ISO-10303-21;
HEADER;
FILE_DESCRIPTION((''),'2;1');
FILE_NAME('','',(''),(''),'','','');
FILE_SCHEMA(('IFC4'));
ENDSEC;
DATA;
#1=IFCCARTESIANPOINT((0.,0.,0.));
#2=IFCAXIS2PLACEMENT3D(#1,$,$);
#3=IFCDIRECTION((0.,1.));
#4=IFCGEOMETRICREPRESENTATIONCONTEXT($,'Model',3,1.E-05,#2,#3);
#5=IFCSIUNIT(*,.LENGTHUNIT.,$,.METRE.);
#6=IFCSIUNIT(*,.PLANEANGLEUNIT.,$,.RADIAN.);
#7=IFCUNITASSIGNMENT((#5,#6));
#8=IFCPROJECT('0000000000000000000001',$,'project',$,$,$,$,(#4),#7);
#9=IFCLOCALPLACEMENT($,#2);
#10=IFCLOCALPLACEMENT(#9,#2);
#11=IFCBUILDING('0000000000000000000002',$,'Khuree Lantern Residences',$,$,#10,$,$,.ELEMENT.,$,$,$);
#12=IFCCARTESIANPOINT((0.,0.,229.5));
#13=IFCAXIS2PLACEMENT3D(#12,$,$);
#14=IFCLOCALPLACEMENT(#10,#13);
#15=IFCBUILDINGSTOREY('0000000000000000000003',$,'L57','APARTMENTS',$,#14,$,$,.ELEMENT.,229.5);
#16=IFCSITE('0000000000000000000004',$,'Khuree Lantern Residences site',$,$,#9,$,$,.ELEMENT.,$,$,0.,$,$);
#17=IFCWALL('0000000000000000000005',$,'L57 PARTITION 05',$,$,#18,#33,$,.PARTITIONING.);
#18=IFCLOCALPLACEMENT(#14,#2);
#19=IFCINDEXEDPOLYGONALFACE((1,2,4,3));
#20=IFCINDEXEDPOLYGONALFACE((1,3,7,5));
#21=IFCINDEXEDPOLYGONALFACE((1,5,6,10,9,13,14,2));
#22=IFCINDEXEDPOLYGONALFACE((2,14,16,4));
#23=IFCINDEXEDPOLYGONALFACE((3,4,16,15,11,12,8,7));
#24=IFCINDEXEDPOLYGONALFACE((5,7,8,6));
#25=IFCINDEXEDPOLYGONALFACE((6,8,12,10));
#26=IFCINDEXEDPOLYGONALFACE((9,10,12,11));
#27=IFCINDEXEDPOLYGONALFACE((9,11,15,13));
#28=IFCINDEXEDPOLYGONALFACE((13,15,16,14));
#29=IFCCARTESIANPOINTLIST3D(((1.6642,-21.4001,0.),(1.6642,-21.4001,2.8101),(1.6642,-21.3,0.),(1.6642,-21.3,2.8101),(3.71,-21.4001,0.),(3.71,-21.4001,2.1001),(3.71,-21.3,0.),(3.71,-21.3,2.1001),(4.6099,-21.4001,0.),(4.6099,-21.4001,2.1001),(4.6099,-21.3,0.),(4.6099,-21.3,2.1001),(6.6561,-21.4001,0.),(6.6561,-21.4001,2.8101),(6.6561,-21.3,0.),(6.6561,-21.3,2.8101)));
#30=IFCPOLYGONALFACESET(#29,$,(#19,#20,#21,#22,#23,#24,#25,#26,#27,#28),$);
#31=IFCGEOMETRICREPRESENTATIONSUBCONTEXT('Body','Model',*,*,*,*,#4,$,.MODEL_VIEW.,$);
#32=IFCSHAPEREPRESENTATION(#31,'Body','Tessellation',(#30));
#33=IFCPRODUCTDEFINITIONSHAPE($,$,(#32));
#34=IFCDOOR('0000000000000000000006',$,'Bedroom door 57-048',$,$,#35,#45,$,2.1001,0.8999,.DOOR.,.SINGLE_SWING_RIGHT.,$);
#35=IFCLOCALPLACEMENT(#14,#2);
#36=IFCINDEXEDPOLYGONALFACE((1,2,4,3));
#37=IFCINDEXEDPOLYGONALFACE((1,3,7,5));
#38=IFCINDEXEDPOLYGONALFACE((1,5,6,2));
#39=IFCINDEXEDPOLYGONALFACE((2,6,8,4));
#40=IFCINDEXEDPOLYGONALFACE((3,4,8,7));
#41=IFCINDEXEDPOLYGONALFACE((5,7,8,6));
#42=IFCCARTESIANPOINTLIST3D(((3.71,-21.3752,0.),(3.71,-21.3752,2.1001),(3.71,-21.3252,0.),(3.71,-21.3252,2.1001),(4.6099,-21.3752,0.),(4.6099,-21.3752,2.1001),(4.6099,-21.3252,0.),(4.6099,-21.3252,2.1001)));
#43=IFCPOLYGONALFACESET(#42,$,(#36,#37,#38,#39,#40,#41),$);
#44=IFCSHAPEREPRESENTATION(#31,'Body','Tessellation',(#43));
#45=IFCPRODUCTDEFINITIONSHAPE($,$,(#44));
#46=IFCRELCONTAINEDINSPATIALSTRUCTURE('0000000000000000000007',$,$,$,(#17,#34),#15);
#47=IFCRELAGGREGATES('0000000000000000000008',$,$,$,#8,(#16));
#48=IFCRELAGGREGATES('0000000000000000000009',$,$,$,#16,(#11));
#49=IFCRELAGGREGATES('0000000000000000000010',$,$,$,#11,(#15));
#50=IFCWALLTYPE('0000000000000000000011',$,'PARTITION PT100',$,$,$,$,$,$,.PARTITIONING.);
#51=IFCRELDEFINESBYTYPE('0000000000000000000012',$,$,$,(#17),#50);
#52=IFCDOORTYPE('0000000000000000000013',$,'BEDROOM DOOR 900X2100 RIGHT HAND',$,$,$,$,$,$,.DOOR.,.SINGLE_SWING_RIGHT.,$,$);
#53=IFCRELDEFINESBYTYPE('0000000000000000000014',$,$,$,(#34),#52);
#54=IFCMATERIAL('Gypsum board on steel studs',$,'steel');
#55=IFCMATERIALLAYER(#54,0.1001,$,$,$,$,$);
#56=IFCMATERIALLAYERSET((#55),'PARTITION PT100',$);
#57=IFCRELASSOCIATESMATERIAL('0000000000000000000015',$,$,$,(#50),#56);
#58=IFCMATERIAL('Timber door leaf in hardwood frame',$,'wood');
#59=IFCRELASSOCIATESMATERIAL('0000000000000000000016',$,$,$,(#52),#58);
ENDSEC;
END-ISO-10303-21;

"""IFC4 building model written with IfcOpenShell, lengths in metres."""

from ifc_helpers import new_model, si_unit, direction, frame, frame_2d, origin, place, context, subcontext, project, spatial, rectangle, extrude, material, layer, layer_set, type_object, element, fill, save


model = new_model("IFC4")

# Units and contexts
model_context = context("Model", 3, precision=1e-05, world=origin(), true_north=direction((0.0, 1.0)))
body_context = subcontext(model_context, "Body", "Model", "MODEL_VIEW")
ifc_project = project(units=[si_unit("LENGTHUNIT", "METRE"), si_unit("PLANEANGLEUNIT", "RADIAN")], contexts=[model_context])

# Site, building, storey
site_placement = place(None, origin())
site = spatial("IfcSite", under=ifc_project, at=site_placement, Name="Khuree Lantern Residences site", CompositionType="ELEMENT", RefElevation=0.0)
building_placement = place(site_placement, origin())
building = spatial("IfcBuilding", under=site, at=building_placement, Name="Khuree Lantern Residences", CompositionType="ELEMENT")
storey_placement = place(building_placement, frame((0.0, 0.0, 229.5)))
storey = spatial("IfcBuildingStorey", under=building, at=storey_placement, Name="L57", Description="APARTMENTS", CompositionType="ELEMENT", Elevation=229.5)

# Shared definitions
ifc_material_1 = material(Name="Gypsum board on steel studs", Category="steel")
ifc_layer_1 = layer(ifc_material_1, 0.1001)
ifc_layer_set_1 = layer_set([ifc_layer_1], Name="PARTITION PT100")
wall_type = type_object("IfcWallType", Name="PARTITION PT100", PredefinedType="PARTITIONING", material=ifc_layer_set_1)

# Wall, opening, door
wall_placement = place(storey_placement, frame((1.6641, -21.3501, 0.0), z_axis=(0.0, 0.0, 1.0), x_axis=(1.0, 0.0, 0.0)))
wall = element("IfcWall", 1, at=wall_placement, inside=storey, type_object=wall_type, Name="L57 PARTITION 05", PredefinedType="PARTITIONING", context=body_context, shape_type="SweptSolid", body=[
    extrude(rectangle(XDim=4.9919, YDim=0.1001, at=frame_2d((2.4961, 0.0))), origin(), (0.0, 0.0, 1.0), 2.8101),
])
opening_placement = place(wall_placement, frame((2.0459, 0.0, 0.0)))
opening = element("IfcOpeningElement", 2, at=opening_placement, cuts=wall, PredefinedType="OPENING", context=body_context, shape_type="SweptSolid", body=[
    extrude(rectangle(XDim=0.8999, YDim=2.1001, at=frame_2d((0.45, 1.05))), frame((0.0, 0.0601, 0.0), z_axis=(0.0, -1.0, 0.0), x_axis=(1.0, 0.0, 0.0)), (0.0, 0.0, 1.0), 0.1201),
])
ifc_material_2 = material(Name="Timber door leaf in hardwood frame", Category="wood")
door_type = type_object("IfcDoorType", Name="BEDROOM DOOR 900X2100 RIGHT HAND", OperationType="SINGLE_SWING_RIGHT", PredefinedType="DOOR", material=ifc_material_2)
door_placement = place(opening_placement, origin())
door = element("IfcDoor", 3, at=door_placement, inside=storey, type_object=door_type, Name="Bedroom door 57-048", OperationType="SINGLE_SWING_RIGHT", OverallHeight=2.1001, OverallWidth=0.8999, PredefinedType="DOOR", context=body_context, shape_type="SweptSolid", body=[
    extrude(rectangle(XDim=0.8999, YDim=2.1001, at=frame_2d((0.45, 1.05))), frame((0.0, 0.0249, 0.0), z_axis=(0.0, -1.0, 0.0), x_axis=(1.0, 0.0, 0.0)), (0.0, 0.0, 1.0), 0.05),
])
fill(opening, door)

save(model, "model.ifc")
